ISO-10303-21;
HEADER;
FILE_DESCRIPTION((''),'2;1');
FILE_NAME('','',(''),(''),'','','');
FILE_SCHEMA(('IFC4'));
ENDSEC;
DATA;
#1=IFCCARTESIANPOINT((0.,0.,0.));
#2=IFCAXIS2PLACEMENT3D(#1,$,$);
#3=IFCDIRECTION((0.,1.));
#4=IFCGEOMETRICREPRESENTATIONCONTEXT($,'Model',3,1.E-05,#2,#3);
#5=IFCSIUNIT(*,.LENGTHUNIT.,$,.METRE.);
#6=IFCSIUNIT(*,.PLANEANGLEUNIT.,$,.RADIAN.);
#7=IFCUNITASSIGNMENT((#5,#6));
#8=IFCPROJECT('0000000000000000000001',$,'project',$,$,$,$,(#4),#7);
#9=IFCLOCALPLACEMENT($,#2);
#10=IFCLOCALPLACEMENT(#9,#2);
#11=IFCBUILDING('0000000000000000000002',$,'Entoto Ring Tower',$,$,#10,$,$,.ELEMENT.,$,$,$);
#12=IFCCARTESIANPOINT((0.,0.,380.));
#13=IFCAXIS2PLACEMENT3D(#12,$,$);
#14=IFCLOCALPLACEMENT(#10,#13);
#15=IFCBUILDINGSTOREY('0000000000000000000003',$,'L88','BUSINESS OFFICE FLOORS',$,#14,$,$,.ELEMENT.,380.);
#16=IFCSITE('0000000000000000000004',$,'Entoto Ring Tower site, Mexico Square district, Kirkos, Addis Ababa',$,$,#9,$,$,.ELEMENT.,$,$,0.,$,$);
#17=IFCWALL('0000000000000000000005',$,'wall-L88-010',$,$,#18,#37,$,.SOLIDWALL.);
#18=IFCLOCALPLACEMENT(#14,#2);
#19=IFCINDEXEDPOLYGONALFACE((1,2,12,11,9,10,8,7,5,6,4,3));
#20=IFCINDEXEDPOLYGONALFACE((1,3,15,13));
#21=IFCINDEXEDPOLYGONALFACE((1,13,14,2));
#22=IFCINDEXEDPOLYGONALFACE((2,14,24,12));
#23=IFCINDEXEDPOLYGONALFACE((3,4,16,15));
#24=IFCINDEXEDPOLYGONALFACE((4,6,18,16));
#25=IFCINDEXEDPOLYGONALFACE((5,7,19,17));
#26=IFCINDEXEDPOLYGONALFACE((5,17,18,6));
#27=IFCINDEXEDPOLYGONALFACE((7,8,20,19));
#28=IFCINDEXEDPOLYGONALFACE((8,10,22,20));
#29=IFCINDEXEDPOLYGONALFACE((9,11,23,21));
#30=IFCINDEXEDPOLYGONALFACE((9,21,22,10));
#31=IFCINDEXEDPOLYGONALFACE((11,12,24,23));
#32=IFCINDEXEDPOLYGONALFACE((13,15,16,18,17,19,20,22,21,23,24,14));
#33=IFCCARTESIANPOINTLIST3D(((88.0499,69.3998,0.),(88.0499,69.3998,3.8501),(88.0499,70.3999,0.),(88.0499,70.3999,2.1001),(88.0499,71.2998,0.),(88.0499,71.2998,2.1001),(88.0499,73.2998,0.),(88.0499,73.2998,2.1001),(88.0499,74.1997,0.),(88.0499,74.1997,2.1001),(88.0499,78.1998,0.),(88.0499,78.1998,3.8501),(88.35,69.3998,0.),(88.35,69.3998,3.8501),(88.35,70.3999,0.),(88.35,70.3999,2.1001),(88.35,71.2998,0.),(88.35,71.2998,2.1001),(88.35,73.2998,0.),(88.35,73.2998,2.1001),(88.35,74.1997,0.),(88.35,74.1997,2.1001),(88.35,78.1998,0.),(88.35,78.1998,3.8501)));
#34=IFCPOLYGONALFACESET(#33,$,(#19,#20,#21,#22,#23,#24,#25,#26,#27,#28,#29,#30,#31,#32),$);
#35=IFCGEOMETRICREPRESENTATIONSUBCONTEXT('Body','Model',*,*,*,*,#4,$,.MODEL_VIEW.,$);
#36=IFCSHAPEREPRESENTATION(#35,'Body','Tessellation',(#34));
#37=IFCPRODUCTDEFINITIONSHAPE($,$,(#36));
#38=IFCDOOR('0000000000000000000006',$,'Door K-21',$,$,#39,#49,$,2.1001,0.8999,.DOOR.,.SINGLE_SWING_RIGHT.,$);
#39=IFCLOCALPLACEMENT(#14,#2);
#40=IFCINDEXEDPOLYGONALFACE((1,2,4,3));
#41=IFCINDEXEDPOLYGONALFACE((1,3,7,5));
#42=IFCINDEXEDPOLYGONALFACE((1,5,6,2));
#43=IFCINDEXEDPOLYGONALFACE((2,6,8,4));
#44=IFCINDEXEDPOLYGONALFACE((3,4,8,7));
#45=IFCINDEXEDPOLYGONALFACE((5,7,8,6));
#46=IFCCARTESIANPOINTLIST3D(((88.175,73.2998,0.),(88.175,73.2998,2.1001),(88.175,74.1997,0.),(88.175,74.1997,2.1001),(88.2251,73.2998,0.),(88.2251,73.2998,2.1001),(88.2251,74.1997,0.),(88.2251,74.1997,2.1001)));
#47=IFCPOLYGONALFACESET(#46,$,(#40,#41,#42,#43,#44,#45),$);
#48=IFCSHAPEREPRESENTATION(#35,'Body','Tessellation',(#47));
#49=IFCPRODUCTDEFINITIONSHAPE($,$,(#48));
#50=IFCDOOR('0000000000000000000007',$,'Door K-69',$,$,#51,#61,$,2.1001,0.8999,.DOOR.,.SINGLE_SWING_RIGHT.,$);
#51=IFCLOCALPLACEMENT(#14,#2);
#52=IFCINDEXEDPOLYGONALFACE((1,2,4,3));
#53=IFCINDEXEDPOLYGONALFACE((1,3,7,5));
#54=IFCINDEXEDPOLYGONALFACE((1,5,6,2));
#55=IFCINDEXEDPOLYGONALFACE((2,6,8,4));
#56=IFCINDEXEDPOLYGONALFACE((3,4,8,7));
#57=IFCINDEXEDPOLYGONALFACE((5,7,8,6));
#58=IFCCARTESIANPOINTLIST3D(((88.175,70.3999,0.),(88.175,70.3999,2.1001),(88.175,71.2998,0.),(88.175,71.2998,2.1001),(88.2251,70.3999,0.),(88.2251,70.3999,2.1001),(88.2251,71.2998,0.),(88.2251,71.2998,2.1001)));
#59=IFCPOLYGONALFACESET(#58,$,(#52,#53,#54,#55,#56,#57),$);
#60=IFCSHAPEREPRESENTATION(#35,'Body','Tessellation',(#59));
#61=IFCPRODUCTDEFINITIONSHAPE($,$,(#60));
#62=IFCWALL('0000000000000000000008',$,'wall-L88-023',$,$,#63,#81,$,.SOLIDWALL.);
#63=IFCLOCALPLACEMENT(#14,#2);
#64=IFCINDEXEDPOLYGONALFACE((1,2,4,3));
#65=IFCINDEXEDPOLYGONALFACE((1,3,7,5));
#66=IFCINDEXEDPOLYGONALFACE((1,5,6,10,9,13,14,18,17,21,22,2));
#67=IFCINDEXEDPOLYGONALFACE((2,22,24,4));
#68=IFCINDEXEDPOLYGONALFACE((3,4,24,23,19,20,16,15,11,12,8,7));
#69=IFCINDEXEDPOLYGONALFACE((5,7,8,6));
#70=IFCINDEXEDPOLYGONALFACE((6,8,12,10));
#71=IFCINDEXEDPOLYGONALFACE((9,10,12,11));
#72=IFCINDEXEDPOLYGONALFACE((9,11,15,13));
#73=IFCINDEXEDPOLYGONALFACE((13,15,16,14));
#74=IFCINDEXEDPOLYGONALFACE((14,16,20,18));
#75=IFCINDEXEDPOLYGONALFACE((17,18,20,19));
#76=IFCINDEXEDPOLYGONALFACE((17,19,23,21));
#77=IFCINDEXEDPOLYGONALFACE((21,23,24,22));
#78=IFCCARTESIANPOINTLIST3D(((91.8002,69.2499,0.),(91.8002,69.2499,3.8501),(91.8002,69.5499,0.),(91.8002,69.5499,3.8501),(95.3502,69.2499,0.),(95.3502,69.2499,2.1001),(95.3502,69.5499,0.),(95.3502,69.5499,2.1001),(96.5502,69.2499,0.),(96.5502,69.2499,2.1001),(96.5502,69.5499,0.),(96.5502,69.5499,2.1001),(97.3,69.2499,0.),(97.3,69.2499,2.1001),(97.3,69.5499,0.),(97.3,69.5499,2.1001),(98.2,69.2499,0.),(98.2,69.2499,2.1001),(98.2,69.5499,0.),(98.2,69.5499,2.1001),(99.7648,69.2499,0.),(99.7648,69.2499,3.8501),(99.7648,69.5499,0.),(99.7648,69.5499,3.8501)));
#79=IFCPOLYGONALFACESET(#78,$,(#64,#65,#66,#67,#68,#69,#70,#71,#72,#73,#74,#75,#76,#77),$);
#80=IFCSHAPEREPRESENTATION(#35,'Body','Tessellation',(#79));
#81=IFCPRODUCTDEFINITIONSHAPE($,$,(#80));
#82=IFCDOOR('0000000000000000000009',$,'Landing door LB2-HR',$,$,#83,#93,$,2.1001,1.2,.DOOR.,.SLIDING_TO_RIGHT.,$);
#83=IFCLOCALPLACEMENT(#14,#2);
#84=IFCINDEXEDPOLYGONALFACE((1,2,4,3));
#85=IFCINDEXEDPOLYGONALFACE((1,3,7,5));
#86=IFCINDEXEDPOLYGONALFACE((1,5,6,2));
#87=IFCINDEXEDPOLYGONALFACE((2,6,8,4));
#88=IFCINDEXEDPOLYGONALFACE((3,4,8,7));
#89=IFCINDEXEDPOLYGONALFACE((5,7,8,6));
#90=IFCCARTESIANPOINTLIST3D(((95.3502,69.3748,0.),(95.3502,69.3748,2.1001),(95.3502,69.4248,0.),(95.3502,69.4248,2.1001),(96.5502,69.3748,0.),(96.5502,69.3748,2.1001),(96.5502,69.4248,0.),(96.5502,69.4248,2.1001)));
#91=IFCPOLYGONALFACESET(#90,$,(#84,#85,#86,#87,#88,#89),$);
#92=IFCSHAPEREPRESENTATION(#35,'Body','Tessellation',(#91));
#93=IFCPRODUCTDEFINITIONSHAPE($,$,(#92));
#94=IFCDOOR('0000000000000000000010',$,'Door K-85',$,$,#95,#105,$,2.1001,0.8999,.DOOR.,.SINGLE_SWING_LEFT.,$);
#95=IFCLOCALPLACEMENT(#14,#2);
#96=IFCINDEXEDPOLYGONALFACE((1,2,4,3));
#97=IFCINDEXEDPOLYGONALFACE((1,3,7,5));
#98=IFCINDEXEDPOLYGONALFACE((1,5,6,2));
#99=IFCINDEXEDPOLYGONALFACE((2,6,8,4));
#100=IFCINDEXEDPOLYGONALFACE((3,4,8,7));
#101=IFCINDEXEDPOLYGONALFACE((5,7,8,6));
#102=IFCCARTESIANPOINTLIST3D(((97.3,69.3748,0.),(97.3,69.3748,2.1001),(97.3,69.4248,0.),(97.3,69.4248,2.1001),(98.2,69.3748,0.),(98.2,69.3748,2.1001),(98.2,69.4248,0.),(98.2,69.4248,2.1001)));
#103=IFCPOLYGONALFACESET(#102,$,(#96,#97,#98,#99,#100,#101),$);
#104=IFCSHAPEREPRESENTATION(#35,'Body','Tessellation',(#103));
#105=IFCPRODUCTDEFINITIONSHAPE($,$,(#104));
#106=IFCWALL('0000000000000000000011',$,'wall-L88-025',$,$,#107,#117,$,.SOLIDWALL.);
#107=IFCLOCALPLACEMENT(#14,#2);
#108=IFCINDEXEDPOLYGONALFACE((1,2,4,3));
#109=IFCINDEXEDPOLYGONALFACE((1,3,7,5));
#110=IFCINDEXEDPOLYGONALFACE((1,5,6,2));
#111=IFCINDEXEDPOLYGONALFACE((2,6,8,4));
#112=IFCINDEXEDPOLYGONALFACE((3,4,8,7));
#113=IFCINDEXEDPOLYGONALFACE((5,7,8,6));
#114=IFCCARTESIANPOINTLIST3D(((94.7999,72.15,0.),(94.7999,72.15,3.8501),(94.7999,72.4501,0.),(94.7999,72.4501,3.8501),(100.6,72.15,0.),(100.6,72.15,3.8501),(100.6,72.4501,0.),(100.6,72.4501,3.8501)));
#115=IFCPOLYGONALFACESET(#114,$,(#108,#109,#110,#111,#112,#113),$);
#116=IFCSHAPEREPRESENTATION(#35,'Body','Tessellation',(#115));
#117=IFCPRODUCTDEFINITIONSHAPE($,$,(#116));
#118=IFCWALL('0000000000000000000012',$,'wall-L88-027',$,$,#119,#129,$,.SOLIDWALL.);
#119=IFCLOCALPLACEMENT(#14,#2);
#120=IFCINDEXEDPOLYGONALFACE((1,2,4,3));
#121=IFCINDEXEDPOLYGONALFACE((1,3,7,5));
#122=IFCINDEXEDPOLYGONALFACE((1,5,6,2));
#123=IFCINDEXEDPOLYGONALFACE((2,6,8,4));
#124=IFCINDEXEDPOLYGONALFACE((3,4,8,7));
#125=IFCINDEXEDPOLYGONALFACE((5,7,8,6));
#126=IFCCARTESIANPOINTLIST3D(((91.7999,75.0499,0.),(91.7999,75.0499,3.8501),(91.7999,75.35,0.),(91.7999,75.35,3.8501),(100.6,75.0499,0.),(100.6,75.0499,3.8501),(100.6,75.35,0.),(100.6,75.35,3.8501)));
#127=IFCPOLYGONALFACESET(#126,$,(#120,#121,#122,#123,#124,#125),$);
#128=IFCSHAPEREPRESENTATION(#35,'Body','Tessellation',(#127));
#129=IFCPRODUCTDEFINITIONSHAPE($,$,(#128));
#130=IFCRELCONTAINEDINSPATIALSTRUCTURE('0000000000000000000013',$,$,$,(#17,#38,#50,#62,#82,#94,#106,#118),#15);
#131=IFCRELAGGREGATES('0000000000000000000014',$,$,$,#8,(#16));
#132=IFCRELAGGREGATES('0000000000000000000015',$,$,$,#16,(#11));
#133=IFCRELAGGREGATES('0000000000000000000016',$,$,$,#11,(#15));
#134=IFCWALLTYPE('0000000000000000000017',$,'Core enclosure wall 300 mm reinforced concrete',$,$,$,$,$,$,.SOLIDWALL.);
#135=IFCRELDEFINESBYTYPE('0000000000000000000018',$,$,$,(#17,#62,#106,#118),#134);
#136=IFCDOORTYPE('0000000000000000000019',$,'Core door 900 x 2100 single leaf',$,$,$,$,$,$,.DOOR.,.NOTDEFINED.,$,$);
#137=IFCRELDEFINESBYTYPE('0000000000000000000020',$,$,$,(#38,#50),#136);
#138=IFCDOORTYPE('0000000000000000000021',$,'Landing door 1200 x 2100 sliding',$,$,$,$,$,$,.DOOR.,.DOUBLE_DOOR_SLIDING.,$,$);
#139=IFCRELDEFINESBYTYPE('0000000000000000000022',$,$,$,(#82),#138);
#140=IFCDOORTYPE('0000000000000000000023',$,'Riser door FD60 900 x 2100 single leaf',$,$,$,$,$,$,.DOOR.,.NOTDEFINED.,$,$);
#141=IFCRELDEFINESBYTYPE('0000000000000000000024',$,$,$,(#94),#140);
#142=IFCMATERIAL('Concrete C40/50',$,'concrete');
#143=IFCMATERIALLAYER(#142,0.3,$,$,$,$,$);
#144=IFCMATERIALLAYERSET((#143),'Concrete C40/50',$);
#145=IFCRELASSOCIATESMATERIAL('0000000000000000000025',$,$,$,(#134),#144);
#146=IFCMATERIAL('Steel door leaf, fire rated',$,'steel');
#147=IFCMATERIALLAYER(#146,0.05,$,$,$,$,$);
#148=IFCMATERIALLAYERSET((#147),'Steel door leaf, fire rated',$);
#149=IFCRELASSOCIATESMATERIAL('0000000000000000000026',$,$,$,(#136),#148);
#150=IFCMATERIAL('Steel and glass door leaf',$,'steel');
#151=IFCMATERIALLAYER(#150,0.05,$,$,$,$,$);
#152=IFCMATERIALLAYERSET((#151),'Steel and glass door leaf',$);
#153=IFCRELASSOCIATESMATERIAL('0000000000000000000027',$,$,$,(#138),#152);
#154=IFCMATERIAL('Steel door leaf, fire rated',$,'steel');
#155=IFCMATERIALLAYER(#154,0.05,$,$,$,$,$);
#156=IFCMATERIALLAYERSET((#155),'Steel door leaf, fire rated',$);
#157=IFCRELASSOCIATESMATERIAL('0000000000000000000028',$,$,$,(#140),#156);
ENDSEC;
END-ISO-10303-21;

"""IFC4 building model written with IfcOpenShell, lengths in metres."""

from ifc_helpers import new_model, si_unit, direction, frame, frame_2d, origin, place, context, subcontext, project, spatial, rectangle, extrude, material, layer, layer_set, type_object, element, fill, save


model = new_model("IFC4")

# Units and contexts
model_context = context("Model", 3, precision=1e-05, world=origin(), true_north=direction((0.0, 1.0)))
body_context = subcontext(model_context, "Body", "Model", "MODEL_VIEW")
ifc_project = project(units=[si_unit("LENGTHUNIT", "METRE"), si_unit("PLANEANGLEUNIT", "RADIAN")], contexts=[model_context])

# Site, building, storey
site_placement = place(None, origin())
site = spatial("IfcSite", under=ifc_project, at=site_placement, Name="Entoto Ring Tower site, Mexico Square district, Kirkos, Addis Ababa", CompositionType="ELEMENT", RefElevation=0.0)
building_placement = place(site_placement, origin())
building = spatial("IfcBuilding", under=site, at=building_placement, Name="Entoto Ring Tower", CompositionType="ELEMENT")
storey_placement = place(building_placement, frame((0.0, 0.0, 380.0)))
storey = spatial("IfcBuildingStorey", under=building, at=storey_placement, Name="L88", Description="BUSINESS OFFICE FLOORS", CompositionType="ELEMENT", Elevation=380.0)

# Shared definitions
ifc_material_1 = material(Name="Concrete C40/50", Category="concrete")
ifc_layer_1 = layer(ifc_material_1, 0.3)
ifc_layer_set_1 = layer_set([ifc_layer_1], Name="Concrete C40/50")
wall_type_1 = type_object("IfcWallType", Name="Core enclosure wall 300 mm reinforced concrete", PredefinedType="SOLIDWALL", material=ifc_layer_set_1)

# Walls, openings, doors
wall_1_placement = place(storey_placement, frame((88.2, 69.3999, 0.0), z_axis=(0.0, 0.0, 1.0), x_axis=(0.0, 1.0, 0.0)))
wall_1 = element("IfcWall", 1, at=wall_1_placement, inside=storey, type_object=wall_type_1, Name="wall-L88-010", PredefinedType="SOLIDWALL", context=body_context, shape_type="SweptSolid", body=[
    extrude(rectangle(XDim=8.8, YDim=0.3, at=frame_2d((4.3999, 0.0))), origin(), (0.0, 0.0, 1.0), 3.8501),
])
opening_1_placement = place(wall_1_placement, frame((3.8999, 0.0, 0.0)))
opening_1 = element("IfcOpeningElement", 2, at=opening_1_placement, cuts=wall_1, PredefinedType="OPENING", context=body_context, shape_type="SweptSolid", body=[
    extrude(rectangle(XDim=0.8999, YDim=2.1001, at=frame_2d((0.45, 1.05))), frame((0.0, 0.1602, 0.0), z_axis=(0.0, -1.0, 0.0), x_axis=(1.0, 0.0, 0.0)), (0.0, 0.0, 1.0), 0.3201),
])
opening_2_placement = place(wall_1_placement, frame((1.0, 0.0, 0.0)))
opening_2 = element("IfcOpeningElement", 3, at=opening_2_placement, cuts=wall_1, PredefinedType="OPENING", context=body_context, shape_type="SweptSolid", body=[
    extrude(rectangle(XDim=0.8999, YDim=2.1001, at=frame_2d((0.45, 1.05))), frame((0.0, 0.1602, 0.0), z_axis=(0.0, -1.0, 0.0), x_axis=(1.0, 0.0, 0.0)), (0.0, 0.0, 1.0), 0.3201),
])
ifc_material_2 = material(Name="Steel door leaf, fire rated", Category="steel")
ifc_layer_2 = layer(ifc_material_2, 0.05)
ifc_layer_set_2 = layer_set([ifc_layer_2], Name="Steel door leaf, fire rated")
door_type_1 = type_object("IfcDoorType", Name="Core door 900 x 2100 single leaf", OperationType="NOTDEFINED", PredefinedType="DOOR", material=ifc_layer_set_2)
door_1_placement = place(opening_1_placement, origin())
door_1 = element("IfcDoor", 4, at=door_1_placement, inside=storey, type_object=door_type_1, Name="Door K-21", OperationType="SINGLE_SWING_RIGHT", OverallHeight=2.1001, OverallWidth=0.8999, PredefinedType="DOOR", context=body_context, shape_type="SweptSolid", body=[
    extrude(rectangle(XDim=0.8999, YDim=2.1001, at=frame_2d((0.45, 1.05))), frame((0.0, 0.0249, 0.0), z_axis=(0.0, -1.0, 0.0), x_axis=(1.0, 0.0, 0.0)), (0.0, 0.0, 1.0), 0.05),
])
fill(opening_1, door_1)
door_2_placement = place(opening_2_placement, origin())
door_2 = element("IfcDoor", 5, at=door_2_placement, inside=storey, type_object=door_type_1, Name="Door K-69", OperationType="SINGLE_SWING_RIGHT", OverallHeight=2.1001, OverallWidth=0.8999, PredefinedType="DOOR", context=body_context, shape_type="SweptSolid", body=[
    extrude(rectangle(XDim=0.8999, YDim=2.1001, at=frame_2d((0.45, 1.05))), frame((0.0, 0.0249, 0.0), z_axis=(0.0, -1.0, 0.0), x_axis=(1.0, 0.0, 0.0)), (0.0, 0.0, 1.0), 0.05),
])
fill(opening_2, door_2)
wall_2_placement = place(storey_placement, frame((91.8, 69.3999, 0.0), z_axis=(0.0, 0.0, 1.0), x_axis=(1.0, 0.0, 0.0)))
wall_2 = element("IfcWall", 6, at=wall_2_placement, inside=storey, type_object=wall_type_1, Name="wall-L88-023", PredefinedType="SOLIDWALL", context=body_context, shape_type="SweptSolid", body=[
    extrude(rectangle(XDim=7.9646, YDim=0.3, at=frame_2d((3.9824, 0.0))), origin(), (0.0, 0.0, 1.0), 3.8501),
])
opening_3_placement = place(wall_2_placement, frame((3.55, 0.0, 0.0)))
opening_3 = element("IfcOpeningElement", 7, at=opening_3_placement, cuts=wall_2, PredefinedType="OPENING", context=body_context, shape_type="SweptSolid", body=[
    extrude(rectangle(XDim=1.2, YDim=2.1001, at=frame_2d((0.6001, 1.05))), frame((0.0, 0.1602, 0.0), z_axis=(0.0, -1.0, 0.0), x_axis=(1.0, 0.0, 0.0)), (0.0, 0.0, 1.0), 0.3201),
])
opening_4_placement = place(wall_2_placement, frame((5.5, 0.0, 0.0)))
opening_4 = element("IfcOpeningElement", 8, at=opening_4_placement, cuts=wall_2, PredefinedType="OPENING", context=body_context, shape_type="SweptSolid", body=[
    extrude(rectangle(XDim=0.8999, YDim=2.1001, at=frame_2d((0.45, 1.05))), frame((0.0, 0.1602, 0.0), z_axis=(0.0, -1.0, 0.0), x_axis=(1.0, 0.0, 0.0)), (0.0, 0.0, 1.0), 0.3201),
])
ifc_material_3 = material(Name="Steel and glass door leaf", Category="steel")
ifc_layer_3 = layer(ifc_material_3, 0.05)
ifc_layer_set_3 = layer_set([ifc_layer_3], Name="Steel and glass door leaf")
door_type_2 = type_object("IfcDoorType", Name="Landing door 1200 x 2100 sliding", OperationType="DOUBLE_DOOR_SLIDING", PredefinedType="DOOR", material=ifc_layer_set_3)
door_3_placement = place(opening_3_placement, origin())
door_3 = element("IfcDoor", 9, at=door_3_placement, inside=storey, type_object=door_type_2, Name="Landing door LB2-HR", OperationType="SLIDING_TO_RIGHT", OverallHeight=2.1001, OverallWidth=1.2, PredefinedType="DOOR", context=body_context, shape_type="SweptSolid", body=[
    extrude(rectangle(XDim=1.2, YDim=2.1001, at=frame_2d((0.6001, 1.05))), frame((0.0, 0.0249, 0.0), z_axis=(0.0, -1.0, 0.0), x_axis=(1.0, 0.0, 0.0)), (0.0, 0.0, 1.0), 0.05),
])
fill(opening_3, door_3)
ifc_material_4 = material(Name="Steel door leaf, fire rated", Category="steel")
ifc_layer_4 = layer(ifc_material_4, 0.05)
ifc_layer_set_4 = layer_set([ifc_layer_4], Name="Steel door leaf, fire rated")
door_type_3 = type_object("IfcDoorType", Name="Riser door FD60 900 x 2100 single leaf", OperationType="NOTDEFINED", PredefinedType="DOOR", material=ifc_layer_set_4)
door_4_placement = place(opening_4_placement, origin())
door_4 = element("IfcDoor", 10, at=door_4_placement, inside=storey, type_object=door_type_3, Name="Door K-85", OperationType="SINGLE_SWING_LEFT", OverallHeight=2.1001, OverallWidth=0.8999, PredefinedType="DOOR", context=body_context, shape_type="SweptSolid", body=[
    extrude(rectangle(XDim=0.8999, YDim=2.1001, at=frame_2d((0.45, 1.05))), frame((0.0, 0.0249, 0.0), z_axis=(0.0, -1.0, 0.0), x_axis=(1.0, 0.0, 0.0)), (0.0, 0.0, 1.0), 0.05),
])
fill(opening_4, door_4)

# Walls
wall_3_placement = place(storey_placement, frame((94.8, 72.3, 0.0), z_axis=(0.0, 0.0, 1.0), x_axis=(1.0, 0.0, 0.0)))
element("IfcWall", 11, at=wall_3_placement, inside=storey, type_object=wall_type_1, Name="wall-L88-025", PredefinedType="SOLIDWALL", context=body_context, shape_type="SweptSolid", body=[
    extrude(rectangle(XDim=5.8, YDim=0.3, at=frame_2d((2.8999, 0.0))), origin(), (0.0, 0.0, 1.0), 3.8501),
])
wall_4_placement = place(storey_placement, frame((91.8, 75.2, 0.0), z_axis=(0.0, 0.0, 1.0), x_axis=(1.0, 0.0, 0.0)))
element("IfcWall", 12, at=wall_4_placement, inside=storey, type_object=wall_type_1, Name="wall-L88-027", PredefinedType="SOLIDWALL", context=body_context, shape_type="SweptSolid", body=[
    extrude(rectangle(XDim=8.8, YDim=0.3, at=frame_2d((4.3999, 0.0))), origin(), (0.0, 0.0, 1.0), 3.8501),
])

save(model, "model.ifc")
